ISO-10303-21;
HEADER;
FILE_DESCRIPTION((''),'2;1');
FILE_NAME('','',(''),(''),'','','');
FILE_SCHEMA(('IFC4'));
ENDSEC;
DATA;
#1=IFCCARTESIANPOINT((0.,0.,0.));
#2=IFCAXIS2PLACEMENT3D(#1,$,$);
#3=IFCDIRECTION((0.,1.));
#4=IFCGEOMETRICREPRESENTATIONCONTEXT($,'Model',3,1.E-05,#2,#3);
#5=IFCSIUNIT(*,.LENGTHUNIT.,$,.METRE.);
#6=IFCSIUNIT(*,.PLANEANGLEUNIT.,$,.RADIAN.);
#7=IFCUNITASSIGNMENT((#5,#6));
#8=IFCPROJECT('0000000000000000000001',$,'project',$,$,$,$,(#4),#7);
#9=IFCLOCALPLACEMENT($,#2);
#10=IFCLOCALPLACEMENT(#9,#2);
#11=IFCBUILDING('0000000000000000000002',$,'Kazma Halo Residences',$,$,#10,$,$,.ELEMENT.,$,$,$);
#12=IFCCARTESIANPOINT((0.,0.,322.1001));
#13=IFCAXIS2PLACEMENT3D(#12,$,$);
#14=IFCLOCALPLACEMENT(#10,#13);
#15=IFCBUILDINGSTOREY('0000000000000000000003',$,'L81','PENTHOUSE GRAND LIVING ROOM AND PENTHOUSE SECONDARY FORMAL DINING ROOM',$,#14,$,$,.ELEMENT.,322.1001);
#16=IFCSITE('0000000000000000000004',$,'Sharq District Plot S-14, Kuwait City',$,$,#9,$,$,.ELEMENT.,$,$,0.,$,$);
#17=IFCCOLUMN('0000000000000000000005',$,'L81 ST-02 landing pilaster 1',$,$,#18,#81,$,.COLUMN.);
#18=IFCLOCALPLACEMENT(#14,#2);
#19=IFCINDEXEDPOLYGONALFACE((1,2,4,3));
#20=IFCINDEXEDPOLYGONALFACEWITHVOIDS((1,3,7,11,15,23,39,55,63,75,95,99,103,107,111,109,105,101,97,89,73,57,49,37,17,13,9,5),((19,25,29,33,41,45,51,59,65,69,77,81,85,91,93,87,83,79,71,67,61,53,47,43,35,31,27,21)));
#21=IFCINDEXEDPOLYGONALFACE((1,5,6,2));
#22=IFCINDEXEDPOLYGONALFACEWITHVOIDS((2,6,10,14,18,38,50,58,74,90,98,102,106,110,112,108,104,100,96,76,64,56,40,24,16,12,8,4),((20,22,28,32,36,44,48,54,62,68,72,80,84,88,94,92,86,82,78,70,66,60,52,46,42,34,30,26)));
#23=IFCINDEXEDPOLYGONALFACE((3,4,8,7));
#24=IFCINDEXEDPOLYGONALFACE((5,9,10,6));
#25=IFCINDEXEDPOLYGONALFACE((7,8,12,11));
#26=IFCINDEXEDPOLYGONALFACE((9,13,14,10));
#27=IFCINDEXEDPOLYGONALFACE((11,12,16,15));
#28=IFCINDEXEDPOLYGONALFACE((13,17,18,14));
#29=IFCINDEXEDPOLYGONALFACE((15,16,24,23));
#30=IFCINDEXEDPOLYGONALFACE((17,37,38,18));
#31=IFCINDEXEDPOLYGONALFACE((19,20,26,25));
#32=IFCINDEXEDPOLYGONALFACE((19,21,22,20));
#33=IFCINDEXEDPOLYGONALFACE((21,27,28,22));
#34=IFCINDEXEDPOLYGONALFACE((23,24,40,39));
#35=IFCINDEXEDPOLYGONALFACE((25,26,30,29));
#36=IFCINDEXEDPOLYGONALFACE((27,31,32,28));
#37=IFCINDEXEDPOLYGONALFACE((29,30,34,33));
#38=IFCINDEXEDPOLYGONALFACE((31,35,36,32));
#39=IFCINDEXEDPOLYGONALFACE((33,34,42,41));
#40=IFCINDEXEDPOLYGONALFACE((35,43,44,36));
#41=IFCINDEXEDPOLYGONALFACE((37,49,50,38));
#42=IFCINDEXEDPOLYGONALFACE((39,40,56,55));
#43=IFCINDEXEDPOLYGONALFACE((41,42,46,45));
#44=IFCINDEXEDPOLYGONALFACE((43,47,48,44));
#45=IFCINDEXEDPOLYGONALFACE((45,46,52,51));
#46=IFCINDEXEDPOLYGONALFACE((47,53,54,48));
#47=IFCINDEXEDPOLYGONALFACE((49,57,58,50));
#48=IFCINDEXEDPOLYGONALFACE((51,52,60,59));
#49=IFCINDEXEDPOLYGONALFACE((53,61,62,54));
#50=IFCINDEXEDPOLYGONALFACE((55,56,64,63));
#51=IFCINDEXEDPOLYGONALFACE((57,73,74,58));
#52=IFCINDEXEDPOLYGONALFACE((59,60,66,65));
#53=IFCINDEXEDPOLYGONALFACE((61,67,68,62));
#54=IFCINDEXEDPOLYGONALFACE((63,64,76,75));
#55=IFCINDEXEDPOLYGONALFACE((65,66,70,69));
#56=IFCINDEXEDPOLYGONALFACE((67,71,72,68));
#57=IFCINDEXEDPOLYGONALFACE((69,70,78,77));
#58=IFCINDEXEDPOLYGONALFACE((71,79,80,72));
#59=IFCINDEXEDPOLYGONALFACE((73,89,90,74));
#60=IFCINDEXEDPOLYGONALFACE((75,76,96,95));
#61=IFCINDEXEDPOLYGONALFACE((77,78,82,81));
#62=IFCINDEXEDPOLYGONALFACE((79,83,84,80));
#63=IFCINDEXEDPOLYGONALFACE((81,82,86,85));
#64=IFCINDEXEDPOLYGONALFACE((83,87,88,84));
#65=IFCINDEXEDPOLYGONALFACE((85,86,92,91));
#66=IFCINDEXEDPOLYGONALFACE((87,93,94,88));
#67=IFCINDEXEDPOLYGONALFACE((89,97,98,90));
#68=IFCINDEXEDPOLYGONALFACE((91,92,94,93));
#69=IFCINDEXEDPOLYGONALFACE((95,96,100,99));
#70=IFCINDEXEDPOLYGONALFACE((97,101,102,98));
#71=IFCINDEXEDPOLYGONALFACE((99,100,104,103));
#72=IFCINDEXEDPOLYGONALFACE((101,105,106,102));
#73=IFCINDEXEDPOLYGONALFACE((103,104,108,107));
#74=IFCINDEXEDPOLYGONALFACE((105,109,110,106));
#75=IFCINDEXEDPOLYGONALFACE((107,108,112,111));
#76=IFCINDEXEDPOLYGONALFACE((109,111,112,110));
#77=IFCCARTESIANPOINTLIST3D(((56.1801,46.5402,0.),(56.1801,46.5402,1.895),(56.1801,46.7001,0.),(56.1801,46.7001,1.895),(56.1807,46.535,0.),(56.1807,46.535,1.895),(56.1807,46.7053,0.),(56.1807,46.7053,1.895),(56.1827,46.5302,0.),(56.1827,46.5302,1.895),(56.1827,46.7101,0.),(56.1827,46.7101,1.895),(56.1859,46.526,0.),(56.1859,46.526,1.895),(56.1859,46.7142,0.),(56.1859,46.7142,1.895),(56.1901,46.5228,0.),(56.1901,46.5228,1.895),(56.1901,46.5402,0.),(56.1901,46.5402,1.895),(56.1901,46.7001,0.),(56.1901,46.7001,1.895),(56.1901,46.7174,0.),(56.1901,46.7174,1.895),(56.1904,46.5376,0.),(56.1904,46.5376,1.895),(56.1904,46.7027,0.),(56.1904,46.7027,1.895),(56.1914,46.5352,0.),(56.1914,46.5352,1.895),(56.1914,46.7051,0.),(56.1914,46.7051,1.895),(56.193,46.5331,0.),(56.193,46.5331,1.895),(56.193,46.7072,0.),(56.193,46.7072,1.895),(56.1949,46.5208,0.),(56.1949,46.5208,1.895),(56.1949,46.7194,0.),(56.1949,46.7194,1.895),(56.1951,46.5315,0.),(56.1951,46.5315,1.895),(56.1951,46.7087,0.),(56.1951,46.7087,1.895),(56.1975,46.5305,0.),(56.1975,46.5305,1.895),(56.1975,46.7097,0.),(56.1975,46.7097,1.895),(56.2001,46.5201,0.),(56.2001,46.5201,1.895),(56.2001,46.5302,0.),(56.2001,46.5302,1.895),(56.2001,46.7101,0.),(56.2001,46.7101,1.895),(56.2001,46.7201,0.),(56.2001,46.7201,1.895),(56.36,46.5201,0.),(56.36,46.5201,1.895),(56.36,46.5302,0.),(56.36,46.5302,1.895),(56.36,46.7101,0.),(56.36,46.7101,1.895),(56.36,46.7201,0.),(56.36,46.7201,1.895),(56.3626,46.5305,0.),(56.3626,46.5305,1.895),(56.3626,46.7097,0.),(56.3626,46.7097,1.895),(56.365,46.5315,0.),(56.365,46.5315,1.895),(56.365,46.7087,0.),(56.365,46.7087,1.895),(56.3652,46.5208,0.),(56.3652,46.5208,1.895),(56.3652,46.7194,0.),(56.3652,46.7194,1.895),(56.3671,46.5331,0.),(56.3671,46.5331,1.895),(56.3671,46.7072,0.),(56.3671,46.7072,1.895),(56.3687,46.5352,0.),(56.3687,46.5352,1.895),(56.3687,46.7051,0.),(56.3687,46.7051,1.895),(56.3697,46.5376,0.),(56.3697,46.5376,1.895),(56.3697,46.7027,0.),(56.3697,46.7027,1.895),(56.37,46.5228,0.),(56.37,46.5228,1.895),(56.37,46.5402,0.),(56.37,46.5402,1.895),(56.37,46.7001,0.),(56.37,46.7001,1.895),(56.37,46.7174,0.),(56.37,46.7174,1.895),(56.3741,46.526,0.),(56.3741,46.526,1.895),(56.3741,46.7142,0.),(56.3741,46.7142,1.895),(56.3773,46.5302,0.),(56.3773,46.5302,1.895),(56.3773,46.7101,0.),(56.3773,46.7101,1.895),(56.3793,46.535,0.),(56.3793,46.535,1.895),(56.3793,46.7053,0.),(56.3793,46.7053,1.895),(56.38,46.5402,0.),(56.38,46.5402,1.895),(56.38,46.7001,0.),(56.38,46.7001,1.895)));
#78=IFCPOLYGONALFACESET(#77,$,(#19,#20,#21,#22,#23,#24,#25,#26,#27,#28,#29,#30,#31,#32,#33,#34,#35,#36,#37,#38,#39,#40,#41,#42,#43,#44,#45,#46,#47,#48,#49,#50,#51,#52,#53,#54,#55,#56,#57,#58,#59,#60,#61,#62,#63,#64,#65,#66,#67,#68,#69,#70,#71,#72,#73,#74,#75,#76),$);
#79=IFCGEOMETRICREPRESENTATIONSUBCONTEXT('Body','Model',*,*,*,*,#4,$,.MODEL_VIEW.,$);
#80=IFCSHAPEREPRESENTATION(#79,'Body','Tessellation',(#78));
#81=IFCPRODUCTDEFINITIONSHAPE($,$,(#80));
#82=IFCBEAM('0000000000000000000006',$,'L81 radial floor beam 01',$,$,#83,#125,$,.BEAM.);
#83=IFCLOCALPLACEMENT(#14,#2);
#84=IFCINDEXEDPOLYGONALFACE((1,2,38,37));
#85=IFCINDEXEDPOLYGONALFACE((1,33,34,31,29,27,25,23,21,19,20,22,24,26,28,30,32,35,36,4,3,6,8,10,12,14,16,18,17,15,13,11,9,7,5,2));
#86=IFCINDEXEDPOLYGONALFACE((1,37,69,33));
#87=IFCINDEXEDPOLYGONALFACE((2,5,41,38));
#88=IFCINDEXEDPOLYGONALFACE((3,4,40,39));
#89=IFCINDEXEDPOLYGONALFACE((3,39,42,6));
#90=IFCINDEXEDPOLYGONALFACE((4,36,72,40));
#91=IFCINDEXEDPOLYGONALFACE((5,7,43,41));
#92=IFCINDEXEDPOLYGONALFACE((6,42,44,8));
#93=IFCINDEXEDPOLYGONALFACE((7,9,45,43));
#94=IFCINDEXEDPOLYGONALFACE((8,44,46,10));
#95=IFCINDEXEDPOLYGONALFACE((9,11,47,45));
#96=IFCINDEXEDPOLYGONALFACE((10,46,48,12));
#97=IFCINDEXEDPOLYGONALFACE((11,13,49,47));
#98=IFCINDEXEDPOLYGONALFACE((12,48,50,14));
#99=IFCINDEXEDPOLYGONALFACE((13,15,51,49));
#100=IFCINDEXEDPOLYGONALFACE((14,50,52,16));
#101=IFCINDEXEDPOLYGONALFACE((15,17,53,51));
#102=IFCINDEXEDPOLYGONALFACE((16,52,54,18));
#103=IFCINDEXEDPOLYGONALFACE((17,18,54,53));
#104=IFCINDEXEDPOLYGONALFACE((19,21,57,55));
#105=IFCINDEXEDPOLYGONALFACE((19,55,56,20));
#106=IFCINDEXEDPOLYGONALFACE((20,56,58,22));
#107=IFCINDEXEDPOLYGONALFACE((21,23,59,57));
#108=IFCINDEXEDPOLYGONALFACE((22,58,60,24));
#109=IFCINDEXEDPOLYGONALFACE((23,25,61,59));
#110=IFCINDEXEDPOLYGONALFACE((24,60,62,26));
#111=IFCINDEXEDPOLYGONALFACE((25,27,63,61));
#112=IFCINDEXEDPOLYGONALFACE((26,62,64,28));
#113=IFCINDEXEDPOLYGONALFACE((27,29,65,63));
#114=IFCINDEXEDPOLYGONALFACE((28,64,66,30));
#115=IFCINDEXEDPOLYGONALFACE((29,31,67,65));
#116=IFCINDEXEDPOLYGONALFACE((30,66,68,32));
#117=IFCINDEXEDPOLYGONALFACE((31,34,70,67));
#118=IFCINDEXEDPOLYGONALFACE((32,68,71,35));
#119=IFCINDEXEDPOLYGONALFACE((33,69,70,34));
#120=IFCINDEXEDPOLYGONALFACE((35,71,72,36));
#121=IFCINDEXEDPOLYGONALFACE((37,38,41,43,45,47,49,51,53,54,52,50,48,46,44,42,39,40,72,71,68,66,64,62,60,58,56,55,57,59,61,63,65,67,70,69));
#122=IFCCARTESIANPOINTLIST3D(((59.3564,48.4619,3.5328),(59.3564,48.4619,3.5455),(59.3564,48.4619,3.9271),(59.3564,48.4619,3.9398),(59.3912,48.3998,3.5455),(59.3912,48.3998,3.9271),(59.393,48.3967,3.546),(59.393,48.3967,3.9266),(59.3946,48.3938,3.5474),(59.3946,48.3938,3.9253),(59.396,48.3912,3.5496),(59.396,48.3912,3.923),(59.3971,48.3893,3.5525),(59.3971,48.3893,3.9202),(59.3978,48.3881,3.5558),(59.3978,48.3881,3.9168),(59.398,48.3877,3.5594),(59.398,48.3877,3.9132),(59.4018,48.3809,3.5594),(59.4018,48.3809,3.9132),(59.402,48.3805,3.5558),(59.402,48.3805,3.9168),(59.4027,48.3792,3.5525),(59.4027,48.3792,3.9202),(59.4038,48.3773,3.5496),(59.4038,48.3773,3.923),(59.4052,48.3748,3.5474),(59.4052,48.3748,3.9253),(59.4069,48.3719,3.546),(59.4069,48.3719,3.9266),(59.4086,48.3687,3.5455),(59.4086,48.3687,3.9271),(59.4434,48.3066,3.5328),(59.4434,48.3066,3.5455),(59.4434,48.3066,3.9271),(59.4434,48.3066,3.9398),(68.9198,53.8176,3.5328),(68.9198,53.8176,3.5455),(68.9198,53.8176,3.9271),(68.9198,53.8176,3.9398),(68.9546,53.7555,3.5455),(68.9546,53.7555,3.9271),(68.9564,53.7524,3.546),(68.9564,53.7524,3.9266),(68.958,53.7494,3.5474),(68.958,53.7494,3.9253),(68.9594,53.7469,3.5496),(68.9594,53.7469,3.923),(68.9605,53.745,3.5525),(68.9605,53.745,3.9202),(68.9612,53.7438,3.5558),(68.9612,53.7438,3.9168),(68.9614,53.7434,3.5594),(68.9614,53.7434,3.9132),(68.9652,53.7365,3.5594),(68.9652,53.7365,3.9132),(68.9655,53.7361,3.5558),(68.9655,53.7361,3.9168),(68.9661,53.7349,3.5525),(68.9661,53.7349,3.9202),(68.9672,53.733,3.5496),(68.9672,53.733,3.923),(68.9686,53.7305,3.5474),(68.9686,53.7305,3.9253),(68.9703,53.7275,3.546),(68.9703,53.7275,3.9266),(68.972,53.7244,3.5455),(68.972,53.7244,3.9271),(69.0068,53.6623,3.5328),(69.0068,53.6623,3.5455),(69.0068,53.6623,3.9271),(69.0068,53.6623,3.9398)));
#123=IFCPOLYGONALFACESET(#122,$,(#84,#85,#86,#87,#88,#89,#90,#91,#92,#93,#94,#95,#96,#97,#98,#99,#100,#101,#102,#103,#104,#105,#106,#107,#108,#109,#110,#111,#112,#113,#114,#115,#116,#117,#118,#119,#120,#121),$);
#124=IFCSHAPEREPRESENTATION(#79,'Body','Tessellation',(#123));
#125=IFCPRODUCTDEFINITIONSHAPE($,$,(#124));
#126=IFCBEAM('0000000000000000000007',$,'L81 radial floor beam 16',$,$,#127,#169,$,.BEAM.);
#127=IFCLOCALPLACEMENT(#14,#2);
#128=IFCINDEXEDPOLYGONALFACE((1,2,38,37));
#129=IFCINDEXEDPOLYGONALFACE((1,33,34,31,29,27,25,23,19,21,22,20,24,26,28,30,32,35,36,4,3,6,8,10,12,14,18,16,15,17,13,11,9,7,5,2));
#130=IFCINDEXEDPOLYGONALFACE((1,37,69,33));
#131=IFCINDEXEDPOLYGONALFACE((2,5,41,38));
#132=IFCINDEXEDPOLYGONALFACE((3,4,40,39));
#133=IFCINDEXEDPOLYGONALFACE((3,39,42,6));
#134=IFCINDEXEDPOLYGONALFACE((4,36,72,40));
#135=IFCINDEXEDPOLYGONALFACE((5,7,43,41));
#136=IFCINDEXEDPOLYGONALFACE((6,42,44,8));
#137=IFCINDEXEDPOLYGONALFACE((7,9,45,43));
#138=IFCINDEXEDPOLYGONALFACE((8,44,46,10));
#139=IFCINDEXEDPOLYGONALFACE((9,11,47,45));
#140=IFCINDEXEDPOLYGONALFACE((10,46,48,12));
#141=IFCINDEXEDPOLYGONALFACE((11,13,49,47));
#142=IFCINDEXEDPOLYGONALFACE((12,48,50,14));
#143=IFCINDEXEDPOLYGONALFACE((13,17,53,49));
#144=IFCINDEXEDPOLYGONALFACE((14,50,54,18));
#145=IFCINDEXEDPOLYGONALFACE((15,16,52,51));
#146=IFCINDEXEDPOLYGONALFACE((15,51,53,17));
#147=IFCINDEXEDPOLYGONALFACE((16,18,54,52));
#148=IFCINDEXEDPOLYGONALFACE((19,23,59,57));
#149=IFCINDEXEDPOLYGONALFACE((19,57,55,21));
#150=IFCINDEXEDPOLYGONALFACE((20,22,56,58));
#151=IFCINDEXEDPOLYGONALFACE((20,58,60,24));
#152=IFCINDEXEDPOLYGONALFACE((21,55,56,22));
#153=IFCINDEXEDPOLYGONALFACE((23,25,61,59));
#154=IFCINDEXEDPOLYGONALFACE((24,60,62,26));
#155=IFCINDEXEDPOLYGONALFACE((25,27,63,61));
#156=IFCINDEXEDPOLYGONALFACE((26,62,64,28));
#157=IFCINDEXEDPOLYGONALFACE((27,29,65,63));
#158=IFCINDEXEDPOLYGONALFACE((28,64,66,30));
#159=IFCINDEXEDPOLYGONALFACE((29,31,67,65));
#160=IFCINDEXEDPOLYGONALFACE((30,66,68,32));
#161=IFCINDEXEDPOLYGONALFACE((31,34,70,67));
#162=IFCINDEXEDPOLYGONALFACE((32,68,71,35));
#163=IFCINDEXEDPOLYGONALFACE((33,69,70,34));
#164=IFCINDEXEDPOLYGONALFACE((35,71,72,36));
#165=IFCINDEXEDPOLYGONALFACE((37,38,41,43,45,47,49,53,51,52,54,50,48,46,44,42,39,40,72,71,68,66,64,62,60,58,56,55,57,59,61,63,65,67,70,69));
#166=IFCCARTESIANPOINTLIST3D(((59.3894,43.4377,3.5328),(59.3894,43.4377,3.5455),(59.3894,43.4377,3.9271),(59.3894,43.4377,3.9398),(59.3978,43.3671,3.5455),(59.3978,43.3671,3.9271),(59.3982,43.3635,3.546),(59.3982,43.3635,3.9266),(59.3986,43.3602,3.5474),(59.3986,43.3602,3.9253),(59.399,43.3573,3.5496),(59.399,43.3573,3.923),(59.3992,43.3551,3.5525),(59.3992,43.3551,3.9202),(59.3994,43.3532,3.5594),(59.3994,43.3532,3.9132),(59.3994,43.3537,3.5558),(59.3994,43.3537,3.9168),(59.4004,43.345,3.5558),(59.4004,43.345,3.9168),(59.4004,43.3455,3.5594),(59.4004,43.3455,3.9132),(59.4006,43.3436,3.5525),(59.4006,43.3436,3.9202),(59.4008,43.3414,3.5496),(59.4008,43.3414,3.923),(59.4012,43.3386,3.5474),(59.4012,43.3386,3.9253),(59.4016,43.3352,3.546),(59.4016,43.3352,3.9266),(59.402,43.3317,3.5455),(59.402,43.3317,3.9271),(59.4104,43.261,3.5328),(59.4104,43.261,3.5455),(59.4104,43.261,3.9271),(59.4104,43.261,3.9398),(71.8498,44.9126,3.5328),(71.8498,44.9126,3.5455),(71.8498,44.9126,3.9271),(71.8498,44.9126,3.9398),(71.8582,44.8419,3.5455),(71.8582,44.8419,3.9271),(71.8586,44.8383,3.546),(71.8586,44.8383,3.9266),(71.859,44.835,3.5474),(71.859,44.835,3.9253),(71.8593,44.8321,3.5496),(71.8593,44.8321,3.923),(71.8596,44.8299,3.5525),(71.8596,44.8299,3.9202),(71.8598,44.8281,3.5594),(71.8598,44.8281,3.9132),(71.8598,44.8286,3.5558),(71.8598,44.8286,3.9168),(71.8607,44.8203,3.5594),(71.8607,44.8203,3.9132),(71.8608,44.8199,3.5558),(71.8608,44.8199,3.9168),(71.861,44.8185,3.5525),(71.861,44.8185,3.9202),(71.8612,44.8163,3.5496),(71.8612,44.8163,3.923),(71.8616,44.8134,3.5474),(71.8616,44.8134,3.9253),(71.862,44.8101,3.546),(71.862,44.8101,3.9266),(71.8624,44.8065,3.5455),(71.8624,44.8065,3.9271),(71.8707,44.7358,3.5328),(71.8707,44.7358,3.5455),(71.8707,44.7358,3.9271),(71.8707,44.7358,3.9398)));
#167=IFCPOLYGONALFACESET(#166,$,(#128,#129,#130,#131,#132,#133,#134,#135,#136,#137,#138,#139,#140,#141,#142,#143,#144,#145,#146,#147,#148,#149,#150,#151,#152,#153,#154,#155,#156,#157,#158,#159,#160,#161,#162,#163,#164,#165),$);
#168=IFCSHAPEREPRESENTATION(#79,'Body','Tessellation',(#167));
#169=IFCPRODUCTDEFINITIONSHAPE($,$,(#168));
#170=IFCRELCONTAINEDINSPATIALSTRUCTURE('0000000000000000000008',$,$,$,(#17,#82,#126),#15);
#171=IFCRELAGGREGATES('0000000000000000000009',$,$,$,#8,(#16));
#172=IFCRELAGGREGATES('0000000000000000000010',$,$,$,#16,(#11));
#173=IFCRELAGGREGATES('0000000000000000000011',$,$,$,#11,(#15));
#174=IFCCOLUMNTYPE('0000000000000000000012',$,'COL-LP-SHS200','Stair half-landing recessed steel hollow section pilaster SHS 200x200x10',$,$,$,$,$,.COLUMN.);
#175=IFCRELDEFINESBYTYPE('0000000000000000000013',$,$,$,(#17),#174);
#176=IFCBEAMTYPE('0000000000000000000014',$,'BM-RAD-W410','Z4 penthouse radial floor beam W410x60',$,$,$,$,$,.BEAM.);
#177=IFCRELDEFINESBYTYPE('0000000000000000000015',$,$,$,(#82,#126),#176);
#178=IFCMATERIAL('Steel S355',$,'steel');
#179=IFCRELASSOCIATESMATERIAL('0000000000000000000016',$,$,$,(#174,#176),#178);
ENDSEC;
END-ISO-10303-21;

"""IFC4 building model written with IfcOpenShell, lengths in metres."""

from ifc_helpers import new_model, si_unit, direction, frame, origin, origin_2d, place, context, subcontext, project, spatial, hollow_rectangle, i_section, extrude, material, material_profile, profile_set, type_object, element, save


model = new_model("IFC4")

# Units and contexts
model_context = context("Model", 3, precision=1e-05, world=origin(), true_north=direction((0.0, 1.0)))
body_context = subcontext(model_context, "Body", "Model", "MODEL_VIEW")
ifc_project = project(units=[si_unit("LENGTHUNIT", "METRE"), si_unit("PLANEANGLEUNIT", "RADIAN")], contexts=[model_context])

# Site, building, storey
site_placement = place(None, origin())
site = spatial("IfcSite", under=ifc_project, at=site_placement, Name="Sharq District Plot S-14, Kuwait City", CompositionType="ELEMENT", RefElevation=0.0)
building_placement = place(site_placement, origin())
building = spatial("IfcBuilding", under=site, at=building_placement, Name="Kazma Halo Residences", CompositionType="ELEMENT")
storey_placement = place(building_placement, frame((0.0, 0.0, 322.1001)))
storey = spatial("IfcBuildingStorey", under=building, at=storey_placement, Name="L81", Description="PENTHOUSE GRAND LIVING ROOM AND PENTHOUSE SECONDARY FORMAL DINING ROOM", CompositionType="ELEMENT", Elevation=322.1001)

# Column
ifc_material_1 = material(Name="Steel S355", Category="steel")
ifc_material_profile_1 = material_profile(ifc_material_1, hollow_rectangle(XDim=0.2, YDim=0.2, WallThickness=0.01, InnerFilletRadius=0.01, OuterFilletRadius=0.02, at=origin_2d()), Name="SHS200x200x10")
ifc_profile_set_1 = profile_set([ifc_material_profile_1], Name="Steel S355")
column_type = type_object("IfcColumnType", Name="COL-LP-SHS200", Description="Stair half-landing recessed steel hollow section pilaster SHS 200x200x10", PredefinedType="COLUMN", material=ifc_profile_set_1)
column_placement = place(storey_placement, frame((56.28, 46.6201, 0.0), z_axis=(0.0, 0.0, 1.0), x_axis=(1.0, 0.0, 0.0)))
element("IfcColumn", 1, at=column_placement, inside=storey, type_object=column_type, Name="L81 ST-02 landing pilaster 1", PredefinedType="COLUMN", context=body_context, shape_type="SweptSolid", body=[
    extrude(hollow_rectangle(XDim=0.2, YDim=0.2, WallThickness=0.01, InnerFilletRadius=0.01, OuterFilletRadius=0.02, at=origin_2d()), origin(), (0.0, 0.0, 1.0), 1.895),
])

# Beams
ifc_material_profile_2 = material_profile(ifc_material_1, i_section(OverallWidth=0.178, OverallDepth=0.407, WebThickness=0.0078, FlangeThickness=0.0127, FilletRadius=0.0139, at=origin_2d()), Name="W410x60")
ifc_profile_set_2 = profile_set([ifc_material_profile_2], Name="Steel S355")
beam_type_1 = type_object("IfcBeamType", Name="BM-RAD-W410", Description="Z4 penthouse radial floor beam W410x60", PredefinedType="BEAM", material=ifc_profile_set_2)
beam_1_placement = place(storey_placement, frame((59.3999, 48.3843, 3.7363), z_axis=(0.8725, 0.488615, 0.0), x_axis=(-0.488615, 0.8725, 0.0)))
element("IfcBeam", 2, at=beam_1_placement, inside=storey, type_object=beam_type_1, Name="L81 radial floor beam 01", PredefinedType="BEAM", context=body_context, shape_type="SweptSolid", body=[
    extrude(i_section(OverallWidth=0.178, OverallDepth=0.407, WebThickness=0.0078, FlangeThickness=0.0127, FilletRadius=0.0139, at=origin_2d()), origin(), (0.0, 0.0, 1.0), 10.9609),
])
beam_2_placement = place(storey_placement, frame((59.3999, 43.3494, 3.7363), z_axis=(0.993068, 0.117542, 0.0), x_axis=(-0.117542, 0.993068, 0.0)))
element("IfcBeam", 3, at=beam_2_placement, inside=storey, type_object=beam_type_1, Name="L81 radial floor beam 16", PredefinedType="BEAM", context=body_context, shape_type="SweptSolid", body=[
    extrude(i_section(OverallWidth=0.178, OverallDepth=0.407, WebThickness=0.0078, FlangeThickness=0.0127, FilletRadius=0.0139, at=origin_2d()), origin(), (0.0, 0.0, 1.0), 12.5474),
])

save(model, "model.ifc")
